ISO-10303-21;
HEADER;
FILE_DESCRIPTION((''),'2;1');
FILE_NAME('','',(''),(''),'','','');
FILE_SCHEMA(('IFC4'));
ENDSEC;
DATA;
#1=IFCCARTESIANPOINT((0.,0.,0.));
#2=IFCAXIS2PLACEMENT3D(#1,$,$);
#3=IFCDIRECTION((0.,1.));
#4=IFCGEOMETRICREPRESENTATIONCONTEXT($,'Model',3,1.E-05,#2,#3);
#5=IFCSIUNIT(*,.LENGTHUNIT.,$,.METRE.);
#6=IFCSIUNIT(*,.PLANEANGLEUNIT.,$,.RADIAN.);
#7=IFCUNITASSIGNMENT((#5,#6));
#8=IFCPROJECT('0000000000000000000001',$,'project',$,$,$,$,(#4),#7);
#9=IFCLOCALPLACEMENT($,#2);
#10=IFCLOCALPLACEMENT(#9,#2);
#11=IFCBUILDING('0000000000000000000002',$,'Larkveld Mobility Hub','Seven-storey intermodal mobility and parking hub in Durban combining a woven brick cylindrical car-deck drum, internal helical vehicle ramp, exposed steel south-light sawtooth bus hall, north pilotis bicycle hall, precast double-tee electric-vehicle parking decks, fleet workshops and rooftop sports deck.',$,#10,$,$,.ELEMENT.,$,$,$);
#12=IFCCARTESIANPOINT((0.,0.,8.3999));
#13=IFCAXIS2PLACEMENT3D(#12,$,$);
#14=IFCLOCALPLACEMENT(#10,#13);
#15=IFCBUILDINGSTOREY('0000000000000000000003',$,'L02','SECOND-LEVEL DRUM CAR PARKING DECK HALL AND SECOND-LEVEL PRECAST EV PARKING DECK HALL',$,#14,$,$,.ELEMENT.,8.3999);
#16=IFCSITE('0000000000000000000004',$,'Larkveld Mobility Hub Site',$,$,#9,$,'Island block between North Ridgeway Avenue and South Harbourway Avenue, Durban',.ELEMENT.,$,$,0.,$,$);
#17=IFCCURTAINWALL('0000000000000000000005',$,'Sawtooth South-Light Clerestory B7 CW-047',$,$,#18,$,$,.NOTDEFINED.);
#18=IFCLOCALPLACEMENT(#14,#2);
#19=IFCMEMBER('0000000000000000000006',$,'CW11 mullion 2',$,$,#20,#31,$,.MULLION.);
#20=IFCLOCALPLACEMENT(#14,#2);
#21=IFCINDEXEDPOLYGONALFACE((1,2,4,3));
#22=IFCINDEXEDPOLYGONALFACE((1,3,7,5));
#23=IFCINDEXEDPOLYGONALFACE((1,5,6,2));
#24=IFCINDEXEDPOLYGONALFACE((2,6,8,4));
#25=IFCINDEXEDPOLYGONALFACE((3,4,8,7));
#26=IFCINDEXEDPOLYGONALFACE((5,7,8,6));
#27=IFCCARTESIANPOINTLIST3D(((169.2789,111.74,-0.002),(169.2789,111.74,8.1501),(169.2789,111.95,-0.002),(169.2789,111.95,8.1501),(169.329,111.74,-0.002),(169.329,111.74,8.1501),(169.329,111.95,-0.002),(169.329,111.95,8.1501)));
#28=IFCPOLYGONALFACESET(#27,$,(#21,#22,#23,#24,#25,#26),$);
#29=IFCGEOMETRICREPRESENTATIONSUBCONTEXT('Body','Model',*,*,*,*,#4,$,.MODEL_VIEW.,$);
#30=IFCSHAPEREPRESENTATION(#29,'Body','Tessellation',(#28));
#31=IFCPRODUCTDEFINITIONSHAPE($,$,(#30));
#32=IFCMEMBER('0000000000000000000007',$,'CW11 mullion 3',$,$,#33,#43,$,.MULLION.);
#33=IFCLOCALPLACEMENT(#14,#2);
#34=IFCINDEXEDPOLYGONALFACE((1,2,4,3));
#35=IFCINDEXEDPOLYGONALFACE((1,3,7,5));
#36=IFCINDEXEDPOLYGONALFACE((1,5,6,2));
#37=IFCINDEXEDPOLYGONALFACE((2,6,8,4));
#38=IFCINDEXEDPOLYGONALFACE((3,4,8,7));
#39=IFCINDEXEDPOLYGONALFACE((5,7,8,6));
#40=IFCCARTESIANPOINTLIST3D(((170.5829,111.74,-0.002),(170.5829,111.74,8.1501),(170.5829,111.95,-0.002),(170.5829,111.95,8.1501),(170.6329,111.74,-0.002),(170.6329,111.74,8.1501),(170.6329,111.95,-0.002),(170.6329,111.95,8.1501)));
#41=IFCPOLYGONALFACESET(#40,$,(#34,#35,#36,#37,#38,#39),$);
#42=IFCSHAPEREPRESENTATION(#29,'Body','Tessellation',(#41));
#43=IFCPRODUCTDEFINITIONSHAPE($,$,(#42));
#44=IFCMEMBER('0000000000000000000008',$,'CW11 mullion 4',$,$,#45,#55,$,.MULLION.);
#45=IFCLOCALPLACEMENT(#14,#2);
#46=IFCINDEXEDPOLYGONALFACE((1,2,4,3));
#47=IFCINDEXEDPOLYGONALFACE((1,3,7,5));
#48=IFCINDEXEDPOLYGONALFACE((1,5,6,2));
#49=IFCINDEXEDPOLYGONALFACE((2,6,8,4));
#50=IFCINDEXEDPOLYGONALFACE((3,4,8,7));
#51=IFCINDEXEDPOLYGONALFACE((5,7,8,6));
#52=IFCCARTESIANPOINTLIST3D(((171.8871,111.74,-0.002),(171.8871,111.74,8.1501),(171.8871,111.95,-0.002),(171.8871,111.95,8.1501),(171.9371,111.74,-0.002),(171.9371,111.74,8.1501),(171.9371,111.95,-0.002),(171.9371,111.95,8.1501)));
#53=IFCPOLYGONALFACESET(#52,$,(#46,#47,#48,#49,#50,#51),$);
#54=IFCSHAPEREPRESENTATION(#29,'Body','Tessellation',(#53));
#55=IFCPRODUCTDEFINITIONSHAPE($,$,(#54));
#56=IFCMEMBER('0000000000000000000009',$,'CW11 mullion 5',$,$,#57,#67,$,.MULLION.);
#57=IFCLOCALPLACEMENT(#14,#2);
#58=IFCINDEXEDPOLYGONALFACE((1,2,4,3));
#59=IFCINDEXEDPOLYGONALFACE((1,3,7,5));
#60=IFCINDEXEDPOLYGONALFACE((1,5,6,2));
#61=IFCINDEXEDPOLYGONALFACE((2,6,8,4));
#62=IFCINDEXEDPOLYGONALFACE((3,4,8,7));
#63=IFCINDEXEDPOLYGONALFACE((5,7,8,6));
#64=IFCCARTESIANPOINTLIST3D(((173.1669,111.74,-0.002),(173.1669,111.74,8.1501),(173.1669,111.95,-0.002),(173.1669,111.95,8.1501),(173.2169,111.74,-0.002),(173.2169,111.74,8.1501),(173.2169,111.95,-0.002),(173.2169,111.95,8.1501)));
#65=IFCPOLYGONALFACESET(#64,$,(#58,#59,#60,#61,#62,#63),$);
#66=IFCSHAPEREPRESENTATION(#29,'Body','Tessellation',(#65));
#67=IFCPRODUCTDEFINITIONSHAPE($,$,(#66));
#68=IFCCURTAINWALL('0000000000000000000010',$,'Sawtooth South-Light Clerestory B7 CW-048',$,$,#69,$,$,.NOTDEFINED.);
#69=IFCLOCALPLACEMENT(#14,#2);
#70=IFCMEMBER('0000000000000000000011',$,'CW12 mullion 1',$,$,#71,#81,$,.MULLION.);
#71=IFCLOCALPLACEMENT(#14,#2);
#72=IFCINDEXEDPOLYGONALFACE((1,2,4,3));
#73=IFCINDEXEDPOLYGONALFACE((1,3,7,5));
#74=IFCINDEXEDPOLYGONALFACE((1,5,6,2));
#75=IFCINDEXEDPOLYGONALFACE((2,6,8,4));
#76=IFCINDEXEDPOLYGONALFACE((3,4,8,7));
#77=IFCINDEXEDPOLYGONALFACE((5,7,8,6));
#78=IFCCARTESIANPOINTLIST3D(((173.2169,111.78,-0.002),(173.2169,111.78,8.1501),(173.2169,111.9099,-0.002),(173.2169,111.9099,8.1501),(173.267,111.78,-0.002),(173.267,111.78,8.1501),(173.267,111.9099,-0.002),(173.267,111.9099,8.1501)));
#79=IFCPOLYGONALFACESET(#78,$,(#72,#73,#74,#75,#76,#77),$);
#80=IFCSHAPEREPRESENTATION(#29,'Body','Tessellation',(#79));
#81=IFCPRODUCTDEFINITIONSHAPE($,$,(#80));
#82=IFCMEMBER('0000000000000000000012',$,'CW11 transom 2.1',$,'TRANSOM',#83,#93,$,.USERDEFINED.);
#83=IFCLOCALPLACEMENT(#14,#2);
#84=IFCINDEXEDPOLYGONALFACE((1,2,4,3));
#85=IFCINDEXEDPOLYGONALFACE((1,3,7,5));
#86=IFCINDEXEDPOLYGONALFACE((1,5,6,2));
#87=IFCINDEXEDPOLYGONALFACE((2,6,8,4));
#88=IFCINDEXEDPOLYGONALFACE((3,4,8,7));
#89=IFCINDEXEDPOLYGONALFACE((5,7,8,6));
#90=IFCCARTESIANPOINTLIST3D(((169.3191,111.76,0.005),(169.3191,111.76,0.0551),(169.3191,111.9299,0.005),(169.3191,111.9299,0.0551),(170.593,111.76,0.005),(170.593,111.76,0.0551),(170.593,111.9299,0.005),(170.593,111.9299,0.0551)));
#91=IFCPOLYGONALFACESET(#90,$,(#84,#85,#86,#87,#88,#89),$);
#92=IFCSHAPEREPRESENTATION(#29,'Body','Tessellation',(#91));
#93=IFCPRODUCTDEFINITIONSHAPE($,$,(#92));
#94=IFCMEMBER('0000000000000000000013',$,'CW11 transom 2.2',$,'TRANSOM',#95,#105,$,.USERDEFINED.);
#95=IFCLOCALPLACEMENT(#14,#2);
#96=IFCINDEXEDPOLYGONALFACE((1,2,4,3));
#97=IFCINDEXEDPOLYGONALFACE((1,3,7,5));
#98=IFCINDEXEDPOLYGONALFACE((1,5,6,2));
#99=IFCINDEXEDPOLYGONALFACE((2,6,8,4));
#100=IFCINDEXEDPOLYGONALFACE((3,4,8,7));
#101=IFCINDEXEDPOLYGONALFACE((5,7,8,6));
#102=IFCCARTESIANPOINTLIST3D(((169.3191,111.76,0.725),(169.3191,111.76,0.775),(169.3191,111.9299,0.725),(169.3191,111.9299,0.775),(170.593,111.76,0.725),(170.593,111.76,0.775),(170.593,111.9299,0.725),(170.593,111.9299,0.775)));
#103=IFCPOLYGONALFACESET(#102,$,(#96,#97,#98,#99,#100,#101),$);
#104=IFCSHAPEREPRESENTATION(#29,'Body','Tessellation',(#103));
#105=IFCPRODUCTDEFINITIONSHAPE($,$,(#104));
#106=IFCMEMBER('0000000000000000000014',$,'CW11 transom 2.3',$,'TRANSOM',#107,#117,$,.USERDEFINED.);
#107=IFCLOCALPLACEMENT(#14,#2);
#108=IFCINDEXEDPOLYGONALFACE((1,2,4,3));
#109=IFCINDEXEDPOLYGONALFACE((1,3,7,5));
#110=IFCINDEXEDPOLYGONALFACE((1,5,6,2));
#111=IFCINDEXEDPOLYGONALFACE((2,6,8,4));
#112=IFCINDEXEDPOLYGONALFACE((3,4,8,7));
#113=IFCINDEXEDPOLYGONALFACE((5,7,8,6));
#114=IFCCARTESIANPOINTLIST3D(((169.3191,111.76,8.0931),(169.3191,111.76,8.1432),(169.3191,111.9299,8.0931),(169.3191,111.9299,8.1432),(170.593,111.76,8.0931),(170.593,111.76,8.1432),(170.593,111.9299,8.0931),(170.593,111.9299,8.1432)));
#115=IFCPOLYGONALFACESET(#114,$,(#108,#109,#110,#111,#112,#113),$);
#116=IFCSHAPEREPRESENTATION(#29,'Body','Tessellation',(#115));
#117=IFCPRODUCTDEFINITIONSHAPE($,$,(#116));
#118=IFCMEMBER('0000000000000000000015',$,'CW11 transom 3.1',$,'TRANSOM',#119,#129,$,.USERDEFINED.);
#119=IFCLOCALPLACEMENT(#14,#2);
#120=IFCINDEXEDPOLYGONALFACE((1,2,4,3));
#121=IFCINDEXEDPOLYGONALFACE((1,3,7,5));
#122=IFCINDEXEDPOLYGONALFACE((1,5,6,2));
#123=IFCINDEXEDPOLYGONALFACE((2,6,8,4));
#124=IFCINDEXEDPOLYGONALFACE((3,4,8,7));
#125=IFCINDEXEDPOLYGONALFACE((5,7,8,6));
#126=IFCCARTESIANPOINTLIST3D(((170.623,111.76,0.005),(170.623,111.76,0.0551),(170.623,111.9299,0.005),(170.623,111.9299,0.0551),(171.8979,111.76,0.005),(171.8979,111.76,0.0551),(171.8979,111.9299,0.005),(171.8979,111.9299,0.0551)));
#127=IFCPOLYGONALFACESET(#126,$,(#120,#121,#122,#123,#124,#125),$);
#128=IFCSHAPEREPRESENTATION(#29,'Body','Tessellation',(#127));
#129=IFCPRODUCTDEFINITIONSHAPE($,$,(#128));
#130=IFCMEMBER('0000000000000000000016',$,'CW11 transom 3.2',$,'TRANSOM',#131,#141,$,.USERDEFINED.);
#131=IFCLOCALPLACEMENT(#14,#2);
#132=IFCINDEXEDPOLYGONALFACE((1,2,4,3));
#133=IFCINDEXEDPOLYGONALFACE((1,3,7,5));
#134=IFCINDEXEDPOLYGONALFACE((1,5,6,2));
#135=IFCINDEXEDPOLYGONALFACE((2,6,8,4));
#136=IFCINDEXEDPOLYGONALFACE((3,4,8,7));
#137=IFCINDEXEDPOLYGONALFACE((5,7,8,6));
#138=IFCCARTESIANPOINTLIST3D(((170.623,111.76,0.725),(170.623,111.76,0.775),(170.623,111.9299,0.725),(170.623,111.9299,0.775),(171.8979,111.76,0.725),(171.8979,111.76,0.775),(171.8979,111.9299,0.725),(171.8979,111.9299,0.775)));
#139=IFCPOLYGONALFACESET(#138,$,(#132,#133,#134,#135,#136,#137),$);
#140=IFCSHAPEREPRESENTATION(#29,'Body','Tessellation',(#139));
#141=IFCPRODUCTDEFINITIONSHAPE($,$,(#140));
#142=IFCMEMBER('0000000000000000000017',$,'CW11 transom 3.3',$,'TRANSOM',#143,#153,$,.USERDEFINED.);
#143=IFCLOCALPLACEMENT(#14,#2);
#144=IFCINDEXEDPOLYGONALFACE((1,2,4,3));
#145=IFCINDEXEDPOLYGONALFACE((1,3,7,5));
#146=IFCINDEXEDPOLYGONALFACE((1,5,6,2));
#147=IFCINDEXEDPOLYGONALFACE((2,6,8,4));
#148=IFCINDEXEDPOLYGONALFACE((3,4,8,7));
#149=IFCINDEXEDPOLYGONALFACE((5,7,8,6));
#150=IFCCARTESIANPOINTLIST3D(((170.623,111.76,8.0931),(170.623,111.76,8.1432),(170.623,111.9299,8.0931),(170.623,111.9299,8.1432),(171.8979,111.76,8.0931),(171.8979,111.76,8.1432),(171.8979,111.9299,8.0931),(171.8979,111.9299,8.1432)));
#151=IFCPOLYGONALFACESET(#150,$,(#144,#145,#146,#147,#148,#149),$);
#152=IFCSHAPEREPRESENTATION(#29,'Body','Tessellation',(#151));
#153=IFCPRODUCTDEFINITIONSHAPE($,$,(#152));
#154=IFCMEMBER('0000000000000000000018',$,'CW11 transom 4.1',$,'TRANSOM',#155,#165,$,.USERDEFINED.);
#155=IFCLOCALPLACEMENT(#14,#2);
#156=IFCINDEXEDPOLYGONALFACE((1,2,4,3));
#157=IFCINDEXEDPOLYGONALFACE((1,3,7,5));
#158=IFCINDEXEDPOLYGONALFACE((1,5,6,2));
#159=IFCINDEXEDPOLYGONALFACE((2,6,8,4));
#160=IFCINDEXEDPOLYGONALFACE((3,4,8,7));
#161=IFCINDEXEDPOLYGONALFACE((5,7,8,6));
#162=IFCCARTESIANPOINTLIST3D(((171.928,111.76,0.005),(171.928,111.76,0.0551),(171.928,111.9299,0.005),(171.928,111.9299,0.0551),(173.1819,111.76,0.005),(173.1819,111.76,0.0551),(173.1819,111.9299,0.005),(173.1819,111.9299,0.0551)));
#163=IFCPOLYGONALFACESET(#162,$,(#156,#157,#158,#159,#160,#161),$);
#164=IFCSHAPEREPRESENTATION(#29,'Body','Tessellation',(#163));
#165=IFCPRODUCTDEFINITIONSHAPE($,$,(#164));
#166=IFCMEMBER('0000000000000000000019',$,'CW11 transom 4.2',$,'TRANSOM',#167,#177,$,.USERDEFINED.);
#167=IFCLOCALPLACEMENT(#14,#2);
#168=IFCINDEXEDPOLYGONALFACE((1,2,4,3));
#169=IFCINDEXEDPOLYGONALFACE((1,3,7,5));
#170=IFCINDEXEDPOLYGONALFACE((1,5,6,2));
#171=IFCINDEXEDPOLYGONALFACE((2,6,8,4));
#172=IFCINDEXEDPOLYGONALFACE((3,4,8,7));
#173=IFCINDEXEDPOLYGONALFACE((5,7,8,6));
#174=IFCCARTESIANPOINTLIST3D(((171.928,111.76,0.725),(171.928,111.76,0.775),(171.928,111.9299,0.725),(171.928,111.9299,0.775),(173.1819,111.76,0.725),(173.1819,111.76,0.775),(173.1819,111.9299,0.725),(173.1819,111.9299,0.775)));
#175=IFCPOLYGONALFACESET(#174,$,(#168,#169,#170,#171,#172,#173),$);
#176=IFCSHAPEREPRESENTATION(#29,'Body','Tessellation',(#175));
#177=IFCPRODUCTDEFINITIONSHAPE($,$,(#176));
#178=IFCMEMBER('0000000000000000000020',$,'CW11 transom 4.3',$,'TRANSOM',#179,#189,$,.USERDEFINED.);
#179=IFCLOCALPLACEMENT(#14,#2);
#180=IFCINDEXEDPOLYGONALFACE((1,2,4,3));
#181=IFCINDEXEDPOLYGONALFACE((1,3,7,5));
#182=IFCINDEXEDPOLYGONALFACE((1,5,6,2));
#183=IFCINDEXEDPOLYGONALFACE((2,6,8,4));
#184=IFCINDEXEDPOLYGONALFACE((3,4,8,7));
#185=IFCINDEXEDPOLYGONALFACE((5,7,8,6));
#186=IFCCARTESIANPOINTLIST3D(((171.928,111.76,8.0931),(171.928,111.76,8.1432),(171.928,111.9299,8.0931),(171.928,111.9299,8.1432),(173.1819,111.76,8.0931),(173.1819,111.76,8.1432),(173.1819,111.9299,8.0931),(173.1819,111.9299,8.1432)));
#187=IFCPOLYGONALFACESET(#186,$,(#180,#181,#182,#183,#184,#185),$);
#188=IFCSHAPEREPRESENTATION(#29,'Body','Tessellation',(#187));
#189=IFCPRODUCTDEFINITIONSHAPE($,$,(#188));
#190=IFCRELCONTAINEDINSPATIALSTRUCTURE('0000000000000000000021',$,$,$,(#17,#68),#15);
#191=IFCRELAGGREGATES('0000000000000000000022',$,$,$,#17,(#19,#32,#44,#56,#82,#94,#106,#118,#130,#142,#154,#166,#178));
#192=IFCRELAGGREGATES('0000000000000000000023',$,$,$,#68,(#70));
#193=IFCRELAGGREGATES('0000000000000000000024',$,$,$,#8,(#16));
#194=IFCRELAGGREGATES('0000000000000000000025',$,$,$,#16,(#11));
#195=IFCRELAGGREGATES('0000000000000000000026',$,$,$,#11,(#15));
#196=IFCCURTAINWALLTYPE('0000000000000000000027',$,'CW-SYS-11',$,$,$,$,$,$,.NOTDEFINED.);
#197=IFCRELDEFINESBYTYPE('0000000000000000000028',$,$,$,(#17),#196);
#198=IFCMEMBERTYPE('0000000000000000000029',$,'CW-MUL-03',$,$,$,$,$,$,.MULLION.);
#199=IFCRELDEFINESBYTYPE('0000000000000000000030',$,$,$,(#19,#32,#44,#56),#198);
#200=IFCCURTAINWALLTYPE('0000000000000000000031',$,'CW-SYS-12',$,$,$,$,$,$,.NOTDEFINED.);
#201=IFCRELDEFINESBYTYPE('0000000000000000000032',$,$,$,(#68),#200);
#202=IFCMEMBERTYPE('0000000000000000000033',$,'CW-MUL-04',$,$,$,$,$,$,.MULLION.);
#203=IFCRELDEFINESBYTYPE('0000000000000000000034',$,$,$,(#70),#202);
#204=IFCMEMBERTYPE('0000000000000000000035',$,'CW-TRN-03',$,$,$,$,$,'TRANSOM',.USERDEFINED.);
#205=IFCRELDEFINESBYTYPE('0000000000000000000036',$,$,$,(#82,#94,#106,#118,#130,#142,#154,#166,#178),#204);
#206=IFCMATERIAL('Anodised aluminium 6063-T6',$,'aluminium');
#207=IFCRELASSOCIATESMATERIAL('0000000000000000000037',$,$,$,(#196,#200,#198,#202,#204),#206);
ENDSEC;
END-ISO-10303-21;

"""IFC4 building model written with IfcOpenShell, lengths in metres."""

from ifc_helpers import new_model, si_unit, direction, frame, origin, origin_2d, place, context, subcontext, project, spatial, rectangle, extrude, material, material_profile, profile_set, type_object, element, aggregate, save


model = new_model("IFC4")

# Units and contexts
model_context = context("Model", 3, precision=1e-05, world=origin(), true_north=direction((0.0, 1.0)))
body_context = subcontext(model_context, "Body", "Model", "MODEL_VIEW")
ifc_project = project(units=[si_unit("LENGTHUNIT", "METRE"), si_unit("PLANEANGLEUNIT", "RADIAN")], contexts=[model_context])

# Site, building, storey
site_placement = place(None, origin())
site = spatial("IfcSite", under=ifc_project, at=site_placement, Name="Larkveld Mobility Hub Site", LongName="Island block between North Ridgeway Avenue and South Harbourway Avenue, Durban", CompositionType="ELEMENT", RefElevation=0.0)
building_placement = place(site_placement, origin())
building = spatial("IfcBuilding", under=site, at=building_placement, Name="Larkveld Mobility Hub", Description="Seven-storey intermodal mobility and parking hub in Durban combining a woven brick cylindrical car-deck drum, internal helical vehicle ramp, exposed steel south-light sawtooth bus hall, north pilotis bicycle hall, precast double-tee electric-vehicle parking decks, fleet workshops and rooftop sports deck.", CompositionType="ELEMENT")
storey_placement = place(building_placement, frame((0.0, 0.0, 8.3999)))
storey = spatial("IfcBuildingStorey", under=building, at=storey_placement, Name="L02", Description="SECOND-LEVEL DRUM CAR PARKING DECK HALL AND SECOND-LEVEL PRECAST EV PARKING DECK HALL", CompositionType="ELEMENT", Elevation=8.3999)

# Curtain wall, members
ifc_material_1 = material(Name="Anodised aluminium 6063-T6", Category="aluminium")
curtain_wall_type_1 = type_object("IfcCurtainWallType", Name="CW-SYS-11", PredefinedType="NOTDEFINED", material=ifc_material_1)
curtain_wall_1_placement = place(storey_placement, origin())
curtain_wall_1 = element("IfcCurtainWall", 1, at=curtain_wall_1_placement, inside=storey, type_object=curtain_wall_type_1, Name="Sawtooth South-Light Clerestory B7 CW-047", PredefinedType="NOTDEFINED")
ifc_material_profile_1 = material_profile(ifc_material_1, rectangle(XDim=0.05, YDim=0.21, at=origin_2d()), Name="ALU MULL 50x210")
ifc_profile_set_1 = profile_set([ifc_material_profile_1], Name="Anodised aluminium 6063-T6")
member_type_1 = type_object("IfcMemberType", Name="CW-MUL-03", PredefinedType="MULLION", material=ifc_profile_set_1)
member_1_placement = place(storey_placement, frame((169.304, 111.845, -0.002), z_axis=(0.0, 0.0, 1.0), x_axis=(1.0, 0.0, 0.0)))
member_1 = element("IfcMember", 2, at=member_1_placement, type_object=member_type_1, Name="CW11 mullion 2", PredefinedType="MULLION", context=body_context, shape_type="SweptSolid", body=[
    extrude(rectangle(XDim=0.05, YDim=0.21, at=origin_2d()), origin(), (0.0, 0.0, 1.0), 8.1521),
])
member_2_placement = place(storey_placement, frame((170.6079, 111.845, -0.002), z_axis=(0.0, 0.0, 1.0), x_axis=(1.0, 0.0, 0.0)))
member_2 = element("IfcMember", 3, at=member_2_placement, type_object=member_type_1, Name="CW11 mullion 3", PredefinedType="MULLION", context=body_context, shape_type="SweptSolid", body=[
    extrude(rectangle(XDim=0.05, YDim=0.21, at=origin_2d()), origin(), (0.0, 0.0, 1.0), 8.1521),
])
member_3_placement = place(storey_placement, frame((171.9121, 111.845, -0.002), z_axis=(0.0, 0.0, 1.0), x_axis=(1.0, 0.0, 0.0)))
member_3 = element("IfcMember", 4, at=member_3_placement, type_object=member_type_1, Name="CW11 mullion 4", PredefinedType="MULLION", context=body_context, shape_type="SweptSolid", body=[
    extrude(rectangle(XDim=0.05, YDim=0.21, at=origin_2d()), origin(), (0.0, 0.0, 1.0), 8.1521),
])
member_4_placement = place(storey_placement, frame((173.1919, 111.845, -0.002), z_axis=(0.0, 0.0, 1.0), x_axis=(1.0, 0.0, 0.0)))
member_4 = element("IfcMember", 5, at=member_4_placement, type_object=member_type_1, Name="CW11 mullion 5", PredefinedType="MULLION", context=body_context, shape_type="SweptSolid", body=[
    extrude(rectangle(XDim=0.05, YDim=0.21, at=origin_2d()), origin(), (0.0, 0.0, 1.0), 8.1521),
])

# Curtain wall, member
curtain_wall_type_2 = type_object("IfcCurtainWallType", Name="CW-SYS-12", PredefinedType="NOTDEFINED", material=ifc_material_1)
curtain_wall_2_placement = place(storey_placement, origin())
curtain_wall_2 = element("IfcCurtainWall", 6, at=curtain_wall_2_placement, inside=storey, type_object=curtain_wall_type_2, Name="Sawtooth South-Light Clerestory B7 CW-048", PredefinedType="NOTDEFINED")
ifc_material_profile_2 = material_profile(ifc_material_1, rectangle(XDim=0.05, YDim=0.1299, at=origin_2d()), Name="ALU MULL 50x130")
ifc_profile_set_2 = profile_set([ifc_material_profile_2], Name="Anodised aluminium 6063-T6")
member_type_2 = type_object("IfcMemberType", Name="CW-MUL-04", PredefinedType="MULLION", material=ifc_profile_set_2)
member_5_placement = place(storey_placement, frame((173.2419, 111.845, -0.002), z_axis=(0.0, 0.0, 1.0), x_axis=(1.0, 0.0, 0.0)))
member_5 = element("IfcMember", 7, at=member_5_placement, type_object=member_type_2, Name="CW12 mullion 1", PredefinedType="MULLION", context=body_context, shape_type="SweptSolid", body=[
    extrude(rectangle(XDim=0.05, YDim=0.1299, at=origin_2d()), origin(), (0.0, 0.0, 1.0), 8.1521),
])

# Members
ifc_material_profile_3 = material_profile(ifc_material_1, rectangle(XDim=0.1699, YDim=0.05, at=origin_2d()), Name="ALU TRAN 50x170")
ifc_profile_set_3 = profile_set([ifc_material_profile_3], Name="Anodised aluminium 6063-T6")
member_type_3 = type_object("IfcMemberType", Name="CW-TRN-03", ElementType="TRANSOM", PredefinedType="USERDEFINED", material=ifc_profile_set_3)
member_6_placement = place(storey_placement, frame((169.3191, 111.845, 0.03), z_axis=(1.0, 0.0, 0.0), x_axis=(0.0, 1.0, 0.0)))
member_6 = element("IfcMember", 8, at=member_6_placement, type_object=member_type_3, Name="CW11 transom 2.1", ObjectType="TRANSOM", PredefinedType="USERDEFINED", context=body_context, shape_type="SweptSolid", body=[
    extrude(rectangle(XDim=0.1699, YDim=0.05, at=origin_2d()), origin(), (0.0, 0.0, 1.0), 1.2739),
])
member_7_placement = place(storey_placement, frame((169.3191, 111.845, 0.75), z_axis=(1.0, 0.0, 0.0), x_axis=(0.0, 1.0, 0.0)))
member_7 = element("IfcMember", 9, at=member_7_placement, type_object=member_type_3, Name="CW11 transom 2.2", ObjectType="TRANSOM", PredefinedType="USERDEFINED", context=body_context, shape_type="SweptSolid", body=[
    extrude(rectangle(XDim=0.1699, YDim=0.05, at=origin_2d()), origin(), (0.0, 0.0, 1.0), 1.2739),
])
member_8_placement = place(storey_placement, frame((169.3191, 111.845, 8.1182), z_axis=(1.0, 0.0, 0.0), x_axis=(0.0, 1.0, 0.0)))
member_8 = element("IfcMember", 10, at=member_8_placement, type_object=member_type_3, Name="CW11 transom 2.3", ObjectType="TRANSOM", PredefinedType="USERDEFINED", context=body_context, shape_type="SweptSolid", body=[
    extrude(rectangle(XDim=0.1699, YDim=0.05, at=origin_2d()), origin(), (0.0, 0.0, 1.0), 1.2739),
])
member_9_placement = place(storey_placement, frame((170.623, 111.845, 0.03), z_axis=(1.0, 0.0, 0.0), x_axis=(0.0, 1.0, 0.0)))
member_9 = element("IfcMember", 11, at=member_9_placement, type_object=member_type_3, Name="CW11 transom 3.1", ObjectType="TRANSOM", PredefinedType="USERDEFINED", context=body_context, shape_type="SweptSolid", body=[
    extrude(rectangle(XDim=0.1699, YDim=0.05, at=origin_2d()), origin(), (0.0, 0.0, 1.0), 1.2749),
])
member_10_placement = place(storey_placement, frame((170.623, 111.845, 0.75), z_axis=(1.0, 0.0, 0.0), x_axis=(0.0, 1.0, 0.0)))
member_10 = element("IfcMember", 12, at=member_10_placement, type_object=member_type_3, Name="CW11 transom 3.2", ObjectType="TRANSOM", PredefinedType="USERDEFINED", context=body_context, shape_type="SweptSolid", body=[
    extrude(rectangle(XDim=0.1699, YDim=0.05, at=origin_2d()), origin(), (0.0, 0.0, 1.0), 1.2749),
])
member_11_placement = place(storey_placement, frame((170.623, 111.845, 8.1182), z_axis=(1.0, 0.0, 0.0), x_axis=(0.0, 1.0, 0.0)))
member_11 = element("IfcMember", 13, at=member_11_placement, type_object=member_type_3, Name="CW11 transom 3.3", ObjectType="TRANSOM", PredefinedType="USERDEFINED", context=body_context, shape_type="SweptSolid", body=[
    extrude(rectangle(XDim=0.1699, YDim=0.05, at=origin_2d()), origin(), (0.0, 0.0, 1.0), 1.2749),
])
member_12_placement = place(storey_placement, frame((171.928, 111.845, 0.03), z_axis=(1.0, 0.0, 0.0), x_axis=(0.0, 1.0, 0.0)))
member_12 = element("IfcMember", 14, at=member_12_placement, type_object=member_type_3, Name="CW11 transom 4.1", ObjectType="TRANSOM", PredefinedType="USERDEFINED", context=body_context, shape_type="SweptSolid", body=[
    extrude(rectangle(XDim=0.1699, YDim=0.05, at=origin_2d()), origin(), (0.0, 0.0, 1.0), 1.2539),
])
member_13_placement = place(storey_placement, frame((171.928, 111.845, 0.75), z_axis=(1.0, 0.0, 0.0), x_axis=(0.0, 1.0, 0.0)))
member_13 = element("IfcMember", 15, at=member_13_placement, type_object=member_type_3, Name="CW11 transom 4.2", ObjectType="TRANSOM", PredefinedType="USERDEFINED", context=body_context, shape_type="SweptSolid", body=[
    extrude(rectangle(XDim=0.1699, YDim=0.05, at=origin_2d()), origin(), (0.0, 0.0, 1.0), 1.2539),
])
member_14_placement = place(storey_placement, frame((171.928, 111.845, 8.1182), z_axis=(1.0, 0.0, 0.0), x_axis=(0.0, 1.0, 0.0)))
member_14 = element("IfcMember", 16, at=member_14_placement, type_object=member_type_3, Name="CW11 transom 4.3", ObjectType="TRANSOM", PredefinedType="USERDEFINED", context=body_context, shape_type="SweptSolid", body=[
    extrude(rectangle(XDim=0.1699, YDim=0.05, at=origin_2d()), origin(), (0.0, 0.0, 1.0), 1.2539),
])

aggregate(curtain_wall_1, [member_1, member_2, member_3, member_4, member_6, member_7, member_8, member_9, member_10, member_11, member_12, member_13, member_14])
aggregate(curtain_wall_2, [member_5])

save(model, "model.ifc")
